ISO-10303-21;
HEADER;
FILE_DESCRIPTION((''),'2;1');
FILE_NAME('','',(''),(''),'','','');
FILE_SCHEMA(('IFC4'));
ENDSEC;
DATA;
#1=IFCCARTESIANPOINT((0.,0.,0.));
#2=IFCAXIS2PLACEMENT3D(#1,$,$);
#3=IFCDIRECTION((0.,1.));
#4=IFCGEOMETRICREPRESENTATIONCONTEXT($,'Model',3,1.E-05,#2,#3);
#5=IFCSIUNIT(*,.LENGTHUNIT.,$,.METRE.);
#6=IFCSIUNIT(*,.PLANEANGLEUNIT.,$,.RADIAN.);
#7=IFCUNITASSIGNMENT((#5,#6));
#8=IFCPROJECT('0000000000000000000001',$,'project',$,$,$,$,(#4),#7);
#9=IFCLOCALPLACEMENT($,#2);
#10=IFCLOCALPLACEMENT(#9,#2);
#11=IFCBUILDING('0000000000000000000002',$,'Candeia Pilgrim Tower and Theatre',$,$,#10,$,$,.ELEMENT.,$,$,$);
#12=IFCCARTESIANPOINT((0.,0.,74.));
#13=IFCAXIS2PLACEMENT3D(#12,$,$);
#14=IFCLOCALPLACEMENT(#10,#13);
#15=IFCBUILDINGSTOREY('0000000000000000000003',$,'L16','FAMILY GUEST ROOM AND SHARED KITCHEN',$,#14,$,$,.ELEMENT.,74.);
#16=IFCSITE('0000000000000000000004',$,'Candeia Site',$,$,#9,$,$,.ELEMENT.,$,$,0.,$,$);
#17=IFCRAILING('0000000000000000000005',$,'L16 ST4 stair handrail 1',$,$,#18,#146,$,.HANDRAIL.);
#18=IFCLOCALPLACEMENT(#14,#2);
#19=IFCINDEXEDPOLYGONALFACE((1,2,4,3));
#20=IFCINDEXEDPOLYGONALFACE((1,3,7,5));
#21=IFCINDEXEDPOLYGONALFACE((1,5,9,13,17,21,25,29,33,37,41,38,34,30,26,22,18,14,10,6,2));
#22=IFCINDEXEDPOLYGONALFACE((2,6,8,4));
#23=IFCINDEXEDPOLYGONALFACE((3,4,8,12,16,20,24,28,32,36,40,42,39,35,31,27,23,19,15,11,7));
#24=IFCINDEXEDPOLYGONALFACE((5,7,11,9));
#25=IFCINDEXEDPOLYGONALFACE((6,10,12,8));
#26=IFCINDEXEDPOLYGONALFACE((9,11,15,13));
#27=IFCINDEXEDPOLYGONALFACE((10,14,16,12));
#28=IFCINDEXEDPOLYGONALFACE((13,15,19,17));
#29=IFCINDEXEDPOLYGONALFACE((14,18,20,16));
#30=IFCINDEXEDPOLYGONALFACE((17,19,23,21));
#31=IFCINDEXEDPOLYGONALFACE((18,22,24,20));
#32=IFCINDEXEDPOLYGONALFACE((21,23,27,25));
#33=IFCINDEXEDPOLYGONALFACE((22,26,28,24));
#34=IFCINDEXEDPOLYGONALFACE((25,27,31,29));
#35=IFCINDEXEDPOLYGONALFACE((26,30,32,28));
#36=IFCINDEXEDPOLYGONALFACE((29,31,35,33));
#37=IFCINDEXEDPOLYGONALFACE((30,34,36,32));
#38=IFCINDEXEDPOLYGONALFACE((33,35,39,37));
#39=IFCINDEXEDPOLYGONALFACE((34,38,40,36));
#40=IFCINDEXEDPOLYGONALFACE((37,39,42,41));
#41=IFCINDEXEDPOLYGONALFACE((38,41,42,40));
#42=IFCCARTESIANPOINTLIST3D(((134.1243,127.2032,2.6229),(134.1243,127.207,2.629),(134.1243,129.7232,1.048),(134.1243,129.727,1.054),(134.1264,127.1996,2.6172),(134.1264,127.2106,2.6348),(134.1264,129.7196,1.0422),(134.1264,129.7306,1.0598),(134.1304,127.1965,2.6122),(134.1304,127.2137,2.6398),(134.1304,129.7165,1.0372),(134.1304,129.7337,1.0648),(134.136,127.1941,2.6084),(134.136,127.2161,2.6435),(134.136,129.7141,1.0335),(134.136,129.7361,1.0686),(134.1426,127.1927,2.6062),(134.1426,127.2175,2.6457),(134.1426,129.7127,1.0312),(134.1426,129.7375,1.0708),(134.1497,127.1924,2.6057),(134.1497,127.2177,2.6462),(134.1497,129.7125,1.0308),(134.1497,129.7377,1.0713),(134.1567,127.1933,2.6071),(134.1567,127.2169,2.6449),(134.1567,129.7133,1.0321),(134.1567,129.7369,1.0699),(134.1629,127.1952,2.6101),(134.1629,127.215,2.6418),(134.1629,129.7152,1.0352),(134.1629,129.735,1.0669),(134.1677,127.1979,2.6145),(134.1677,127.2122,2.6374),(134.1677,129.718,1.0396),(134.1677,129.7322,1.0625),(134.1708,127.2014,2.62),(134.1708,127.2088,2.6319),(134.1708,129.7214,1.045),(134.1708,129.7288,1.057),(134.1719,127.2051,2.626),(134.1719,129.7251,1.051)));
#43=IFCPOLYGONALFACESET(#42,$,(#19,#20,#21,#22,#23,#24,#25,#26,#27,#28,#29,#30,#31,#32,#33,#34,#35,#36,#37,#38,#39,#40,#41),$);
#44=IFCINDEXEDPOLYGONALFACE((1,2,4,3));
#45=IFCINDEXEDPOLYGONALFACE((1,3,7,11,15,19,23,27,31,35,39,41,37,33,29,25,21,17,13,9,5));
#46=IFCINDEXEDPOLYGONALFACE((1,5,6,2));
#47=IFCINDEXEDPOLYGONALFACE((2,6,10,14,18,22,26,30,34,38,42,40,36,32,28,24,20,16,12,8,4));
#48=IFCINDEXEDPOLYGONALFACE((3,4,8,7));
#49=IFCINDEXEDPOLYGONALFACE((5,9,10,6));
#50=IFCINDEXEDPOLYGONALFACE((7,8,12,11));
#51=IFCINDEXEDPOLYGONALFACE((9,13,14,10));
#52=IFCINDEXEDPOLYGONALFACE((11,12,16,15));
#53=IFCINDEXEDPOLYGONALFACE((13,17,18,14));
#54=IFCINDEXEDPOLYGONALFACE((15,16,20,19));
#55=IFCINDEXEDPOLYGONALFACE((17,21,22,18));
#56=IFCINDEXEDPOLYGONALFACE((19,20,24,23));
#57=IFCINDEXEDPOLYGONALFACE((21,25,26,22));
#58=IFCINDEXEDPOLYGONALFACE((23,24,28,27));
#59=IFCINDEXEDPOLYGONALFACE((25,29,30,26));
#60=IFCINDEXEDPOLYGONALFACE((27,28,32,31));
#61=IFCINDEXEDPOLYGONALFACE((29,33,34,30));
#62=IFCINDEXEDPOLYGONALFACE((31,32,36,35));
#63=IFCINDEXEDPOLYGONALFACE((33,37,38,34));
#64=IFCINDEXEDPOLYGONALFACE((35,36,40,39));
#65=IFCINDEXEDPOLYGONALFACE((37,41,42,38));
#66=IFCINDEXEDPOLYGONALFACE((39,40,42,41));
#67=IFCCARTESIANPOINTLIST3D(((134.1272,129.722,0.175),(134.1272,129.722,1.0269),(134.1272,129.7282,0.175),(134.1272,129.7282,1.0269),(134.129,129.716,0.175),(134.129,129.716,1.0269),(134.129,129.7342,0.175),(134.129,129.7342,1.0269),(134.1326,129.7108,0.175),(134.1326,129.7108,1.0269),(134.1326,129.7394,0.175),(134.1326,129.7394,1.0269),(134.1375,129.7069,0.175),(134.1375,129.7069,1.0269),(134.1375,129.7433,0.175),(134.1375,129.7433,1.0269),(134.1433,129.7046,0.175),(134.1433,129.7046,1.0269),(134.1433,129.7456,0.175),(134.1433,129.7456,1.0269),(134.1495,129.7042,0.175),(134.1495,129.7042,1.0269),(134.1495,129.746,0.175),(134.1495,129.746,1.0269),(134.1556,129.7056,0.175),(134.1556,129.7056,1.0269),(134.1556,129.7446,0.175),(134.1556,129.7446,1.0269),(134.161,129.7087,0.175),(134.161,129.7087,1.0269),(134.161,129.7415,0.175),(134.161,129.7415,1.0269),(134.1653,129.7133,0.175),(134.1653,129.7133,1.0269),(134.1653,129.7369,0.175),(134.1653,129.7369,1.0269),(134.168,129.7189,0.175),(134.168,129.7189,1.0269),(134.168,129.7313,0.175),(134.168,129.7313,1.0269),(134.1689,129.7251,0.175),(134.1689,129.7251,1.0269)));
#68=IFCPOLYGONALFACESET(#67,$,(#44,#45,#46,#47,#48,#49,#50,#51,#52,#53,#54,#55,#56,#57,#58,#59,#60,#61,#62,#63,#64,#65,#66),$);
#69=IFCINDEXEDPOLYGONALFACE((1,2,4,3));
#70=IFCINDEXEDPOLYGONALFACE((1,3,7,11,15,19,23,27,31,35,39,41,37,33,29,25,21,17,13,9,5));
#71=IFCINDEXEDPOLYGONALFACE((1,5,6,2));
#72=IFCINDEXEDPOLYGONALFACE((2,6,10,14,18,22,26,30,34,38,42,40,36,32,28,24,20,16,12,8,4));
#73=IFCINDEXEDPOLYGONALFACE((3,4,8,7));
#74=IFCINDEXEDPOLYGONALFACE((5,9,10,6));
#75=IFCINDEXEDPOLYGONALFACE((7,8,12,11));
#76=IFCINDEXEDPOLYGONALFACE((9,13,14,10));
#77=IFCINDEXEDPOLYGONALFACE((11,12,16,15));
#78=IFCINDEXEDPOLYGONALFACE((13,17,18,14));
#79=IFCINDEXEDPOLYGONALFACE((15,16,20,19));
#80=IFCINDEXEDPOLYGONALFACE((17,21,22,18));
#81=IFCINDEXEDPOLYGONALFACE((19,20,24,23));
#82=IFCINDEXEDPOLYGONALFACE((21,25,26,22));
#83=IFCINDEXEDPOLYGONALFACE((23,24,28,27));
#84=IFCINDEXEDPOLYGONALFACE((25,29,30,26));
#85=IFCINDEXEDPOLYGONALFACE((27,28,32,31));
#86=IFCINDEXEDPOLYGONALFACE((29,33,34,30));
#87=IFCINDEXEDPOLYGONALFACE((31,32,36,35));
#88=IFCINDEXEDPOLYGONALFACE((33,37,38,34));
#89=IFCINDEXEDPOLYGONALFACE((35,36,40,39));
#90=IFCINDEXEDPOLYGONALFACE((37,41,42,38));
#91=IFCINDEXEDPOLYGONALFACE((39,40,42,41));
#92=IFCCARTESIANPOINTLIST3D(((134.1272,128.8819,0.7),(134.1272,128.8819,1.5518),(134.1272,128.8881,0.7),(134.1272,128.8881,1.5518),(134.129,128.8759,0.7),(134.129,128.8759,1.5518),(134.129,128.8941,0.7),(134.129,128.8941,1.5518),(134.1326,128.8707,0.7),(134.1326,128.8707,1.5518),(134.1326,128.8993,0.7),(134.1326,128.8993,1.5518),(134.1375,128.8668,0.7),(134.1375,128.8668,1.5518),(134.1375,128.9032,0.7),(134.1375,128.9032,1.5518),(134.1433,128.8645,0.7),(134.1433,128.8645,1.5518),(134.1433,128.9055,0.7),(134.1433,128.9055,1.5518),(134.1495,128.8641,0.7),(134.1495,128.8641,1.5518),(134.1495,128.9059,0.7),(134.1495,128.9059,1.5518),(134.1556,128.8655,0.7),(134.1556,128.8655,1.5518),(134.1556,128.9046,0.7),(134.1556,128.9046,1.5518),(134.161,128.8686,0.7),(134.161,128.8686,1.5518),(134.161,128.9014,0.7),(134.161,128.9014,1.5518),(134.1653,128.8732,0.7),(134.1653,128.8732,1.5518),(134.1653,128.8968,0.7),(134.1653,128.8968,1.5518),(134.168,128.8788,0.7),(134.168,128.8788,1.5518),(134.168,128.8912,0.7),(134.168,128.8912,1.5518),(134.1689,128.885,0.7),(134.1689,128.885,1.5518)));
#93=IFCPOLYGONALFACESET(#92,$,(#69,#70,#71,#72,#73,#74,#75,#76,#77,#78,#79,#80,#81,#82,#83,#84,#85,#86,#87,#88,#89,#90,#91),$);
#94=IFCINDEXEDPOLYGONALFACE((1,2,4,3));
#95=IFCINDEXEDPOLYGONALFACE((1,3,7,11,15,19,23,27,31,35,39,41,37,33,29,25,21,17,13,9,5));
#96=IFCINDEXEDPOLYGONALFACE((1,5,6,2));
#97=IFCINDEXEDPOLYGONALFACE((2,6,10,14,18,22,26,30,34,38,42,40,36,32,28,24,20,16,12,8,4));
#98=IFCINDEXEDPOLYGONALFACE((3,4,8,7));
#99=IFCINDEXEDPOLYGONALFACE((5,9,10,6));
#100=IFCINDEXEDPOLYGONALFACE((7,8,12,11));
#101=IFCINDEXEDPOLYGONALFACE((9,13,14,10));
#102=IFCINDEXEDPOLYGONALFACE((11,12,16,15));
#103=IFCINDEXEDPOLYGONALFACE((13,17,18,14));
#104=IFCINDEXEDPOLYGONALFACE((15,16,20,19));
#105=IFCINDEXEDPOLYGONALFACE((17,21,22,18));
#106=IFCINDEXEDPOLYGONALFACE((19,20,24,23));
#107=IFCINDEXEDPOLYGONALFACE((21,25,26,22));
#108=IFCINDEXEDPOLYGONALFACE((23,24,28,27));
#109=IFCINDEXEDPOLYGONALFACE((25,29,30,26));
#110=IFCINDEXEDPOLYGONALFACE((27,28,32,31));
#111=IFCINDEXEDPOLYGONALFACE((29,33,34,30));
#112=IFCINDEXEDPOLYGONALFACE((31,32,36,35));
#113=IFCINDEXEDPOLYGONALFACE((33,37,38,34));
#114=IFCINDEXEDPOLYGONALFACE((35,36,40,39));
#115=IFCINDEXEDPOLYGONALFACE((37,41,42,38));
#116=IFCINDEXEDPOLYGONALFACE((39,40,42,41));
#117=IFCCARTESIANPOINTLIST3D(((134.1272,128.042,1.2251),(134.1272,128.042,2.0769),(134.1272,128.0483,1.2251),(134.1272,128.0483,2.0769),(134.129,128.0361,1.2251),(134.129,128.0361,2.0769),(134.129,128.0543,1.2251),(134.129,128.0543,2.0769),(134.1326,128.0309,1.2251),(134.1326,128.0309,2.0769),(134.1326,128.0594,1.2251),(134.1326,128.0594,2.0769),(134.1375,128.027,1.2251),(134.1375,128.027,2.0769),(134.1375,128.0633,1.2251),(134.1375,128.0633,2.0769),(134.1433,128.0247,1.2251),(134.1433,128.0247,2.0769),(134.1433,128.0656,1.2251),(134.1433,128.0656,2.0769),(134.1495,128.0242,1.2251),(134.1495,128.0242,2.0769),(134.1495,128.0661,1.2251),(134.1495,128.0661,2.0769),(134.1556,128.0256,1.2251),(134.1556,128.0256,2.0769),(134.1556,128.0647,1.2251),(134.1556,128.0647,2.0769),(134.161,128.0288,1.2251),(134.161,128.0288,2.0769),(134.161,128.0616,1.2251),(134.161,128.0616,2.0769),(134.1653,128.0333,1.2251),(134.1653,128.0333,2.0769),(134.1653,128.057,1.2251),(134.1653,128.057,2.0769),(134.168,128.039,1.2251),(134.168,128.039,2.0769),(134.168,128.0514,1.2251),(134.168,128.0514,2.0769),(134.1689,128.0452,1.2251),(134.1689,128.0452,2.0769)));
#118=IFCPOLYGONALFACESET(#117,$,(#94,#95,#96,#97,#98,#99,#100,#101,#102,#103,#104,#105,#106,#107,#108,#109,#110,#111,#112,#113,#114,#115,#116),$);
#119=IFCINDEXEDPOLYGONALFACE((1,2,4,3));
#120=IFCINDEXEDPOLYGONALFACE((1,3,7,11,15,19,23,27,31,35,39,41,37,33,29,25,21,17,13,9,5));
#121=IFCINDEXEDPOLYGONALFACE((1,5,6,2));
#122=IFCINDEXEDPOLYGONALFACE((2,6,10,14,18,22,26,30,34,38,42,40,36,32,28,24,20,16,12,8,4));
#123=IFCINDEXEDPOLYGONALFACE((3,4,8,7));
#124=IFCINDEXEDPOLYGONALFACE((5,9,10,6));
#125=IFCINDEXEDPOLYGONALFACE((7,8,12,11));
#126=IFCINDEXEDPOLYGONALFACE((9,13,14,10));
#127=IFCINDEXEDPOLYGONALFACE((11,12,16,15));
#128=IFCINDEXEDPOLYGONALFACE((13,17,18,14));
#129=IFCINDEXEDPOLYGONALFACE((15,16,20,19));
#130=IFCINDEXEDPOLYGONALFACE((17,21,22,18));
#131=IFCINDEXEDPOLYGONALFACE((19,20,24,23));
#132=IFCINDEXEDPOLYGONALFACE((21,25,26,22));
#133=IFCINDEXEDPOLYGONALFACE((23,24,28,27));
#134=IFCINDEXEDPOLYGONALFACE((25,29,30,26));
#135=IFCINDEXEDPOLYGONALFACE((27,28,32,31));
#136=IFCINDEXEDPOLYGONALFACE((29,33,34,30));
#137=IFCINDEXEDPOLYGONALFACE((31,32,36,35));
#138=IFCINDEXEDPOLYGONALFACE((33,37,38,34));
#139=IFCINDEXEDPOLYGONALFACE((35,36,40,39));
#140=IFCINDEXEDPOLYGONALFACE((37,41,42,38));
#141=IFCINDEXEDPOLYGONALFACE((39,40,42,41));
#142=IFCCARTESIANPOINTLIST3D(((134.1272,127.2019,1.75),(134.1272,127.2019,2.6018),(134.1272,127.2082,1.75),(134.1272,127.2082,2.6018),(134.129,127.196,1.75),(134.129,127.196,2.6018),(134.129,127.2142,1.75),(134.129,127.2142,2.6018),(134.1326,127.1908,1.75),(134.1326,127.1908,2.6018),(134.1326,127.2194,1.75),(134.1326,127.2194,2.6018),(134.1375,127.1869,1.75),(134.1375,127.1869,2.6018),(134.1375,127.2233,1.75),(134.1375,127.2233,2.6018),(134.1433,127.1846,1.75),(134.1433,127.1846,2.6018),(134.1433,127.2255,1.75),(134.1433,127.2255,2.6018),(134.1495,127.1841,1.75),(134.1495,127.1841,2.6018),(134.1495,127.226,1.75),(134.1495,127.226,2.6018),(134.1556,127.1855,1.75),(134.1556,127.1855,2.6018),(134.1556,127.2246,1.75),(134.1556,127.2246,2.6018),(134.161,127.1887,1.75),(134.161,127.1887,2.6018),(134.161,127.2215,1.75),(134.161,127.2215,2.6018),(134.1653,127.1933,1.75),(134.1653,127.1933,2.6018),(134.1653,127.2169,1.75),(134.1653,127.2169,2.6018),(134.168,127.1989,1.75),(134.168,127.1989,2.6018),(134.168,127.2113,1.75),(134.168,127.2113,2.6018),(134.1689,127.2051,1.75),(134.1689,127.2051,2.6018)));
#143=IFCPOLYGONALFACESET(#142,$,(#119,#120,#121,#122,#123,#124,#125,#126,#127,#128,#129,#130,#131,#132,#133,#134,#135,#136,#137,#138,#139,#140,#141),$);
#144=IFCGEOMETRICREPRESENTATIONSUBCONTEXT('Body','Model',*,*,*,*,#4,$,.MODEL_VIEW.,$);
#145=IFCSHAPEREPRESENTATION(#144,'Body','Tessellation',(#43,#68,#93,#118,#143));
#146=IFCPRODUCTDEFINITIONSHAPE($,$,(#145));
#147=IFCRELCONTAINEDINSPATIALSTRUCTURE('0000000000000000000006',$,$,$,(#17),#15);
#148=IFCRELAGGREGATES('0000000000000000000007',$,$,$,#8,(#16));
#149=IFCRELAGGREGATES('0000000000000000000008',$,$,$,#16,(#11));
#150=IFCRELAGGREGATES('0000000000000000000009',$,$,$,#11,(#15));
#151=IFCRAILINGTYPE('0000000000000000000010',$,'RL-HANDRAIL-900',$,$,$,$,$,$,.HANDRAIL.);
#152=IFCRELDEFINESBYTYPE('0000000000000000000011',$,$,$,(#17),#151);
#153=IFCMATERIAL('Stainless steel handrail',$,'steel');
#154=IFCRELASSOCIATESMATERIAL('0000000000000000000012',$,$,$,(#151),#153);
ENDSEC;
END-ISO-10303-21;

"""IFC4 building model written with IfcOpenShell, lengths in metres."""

from ifc_helpers import new_model, si_unit, direction, frame, origin, origin_2d, place, context, subcontext, project, spatial, circle, extrude, material, type_object, element, save


model = new_model("IFC4")

# Units and contexts
model_context = context("Model", 3, precision=1e-05, world=origin(), true_north=direction((0.0, 1.0)))
body_context = subcontext(model_context, "Body", "Model", "MODEL_VIEW")
ifc_project = project(units=[si_unit("LENGTHUNIT", "METRE"), si_unit("PLANEANGLEUNIT", "RADIAN")], contexts=[model_context])

# Site, building, storey
site_placement = place(None, origin())
site = spatial("IfcSite", under=ifc_project, at=site_placement, Name="Candeia Site", CompositionType="ELEMENT", RefElevation=0.0)
building_placement = place(site_placement, origin())
building = spatial("IfcBuilding", under=site, at=building_placement, Name="Candeia Pilgrim Tower and Theatre", CompositionType="ELEMENT")
storey_placement = place(building_placement, frame((0.0, 0.0, 74.0)))
storey = spatial("IfcBuildingStorey", under=building, at=storey_placement, Name="L16", Description="FAMILY GUEST ROOM AND SHARED KITCHEN", CompositionType="ELEMENT", Elevation=74.0)

# Railing
ifc_material_1 = material(Name="Stainless steel handrail", Category="steel")
railing_type_1 = type_object("IfcRailingType", Name="RL-HANDRAIL-900", PredefinedType="HANDRAIL", material=ifc_material_1)
railing_1_placement = place(storey_placement, frame((134.1479, 129.7251, 0.175)))
element("IfcRailing", 1, at=railing_1_placement, inside=storey, type_object=railing_type_1, Name="L16 ST4 stair handrail 1", PredefinedType="HANDRAIL", context=body_context, shape_type="SweptSolid", body=[
    extrude(circle(Radius=0.0239, at=origin_2d()), frame((0.0, 0.0, 0.876), z_axis=(0.0, -0.848008, 0.529984), x_axis=(1.0, 0.0, 0.0)), (0.0, 0.0, 1.0), 2.9717),
    extrude(circle(Radius=0.021, at=origin_2d()), origin(), (0.0, 0.0, 1.0), 0.8518),
    extrude(circle(Radius=0.021, at=origin_2d()), frame((0.0, -0.8401, 0.5249)), (0.0, 0.0, 1.0), 0.8518),
    extrude(circle(Radius=0.021, at=origin_2d()), frame((0.0, -1.6799, 1.05)), (0.0, 0.0, 1.0), 0.8518),
    extrude(circle(Radius=0.021, at=origin_2d()), frame((0.0, -2.52, 1.575)), (0.0, 0.0, 1.0), 0.8518),
])

save(model, "model.ifc")
